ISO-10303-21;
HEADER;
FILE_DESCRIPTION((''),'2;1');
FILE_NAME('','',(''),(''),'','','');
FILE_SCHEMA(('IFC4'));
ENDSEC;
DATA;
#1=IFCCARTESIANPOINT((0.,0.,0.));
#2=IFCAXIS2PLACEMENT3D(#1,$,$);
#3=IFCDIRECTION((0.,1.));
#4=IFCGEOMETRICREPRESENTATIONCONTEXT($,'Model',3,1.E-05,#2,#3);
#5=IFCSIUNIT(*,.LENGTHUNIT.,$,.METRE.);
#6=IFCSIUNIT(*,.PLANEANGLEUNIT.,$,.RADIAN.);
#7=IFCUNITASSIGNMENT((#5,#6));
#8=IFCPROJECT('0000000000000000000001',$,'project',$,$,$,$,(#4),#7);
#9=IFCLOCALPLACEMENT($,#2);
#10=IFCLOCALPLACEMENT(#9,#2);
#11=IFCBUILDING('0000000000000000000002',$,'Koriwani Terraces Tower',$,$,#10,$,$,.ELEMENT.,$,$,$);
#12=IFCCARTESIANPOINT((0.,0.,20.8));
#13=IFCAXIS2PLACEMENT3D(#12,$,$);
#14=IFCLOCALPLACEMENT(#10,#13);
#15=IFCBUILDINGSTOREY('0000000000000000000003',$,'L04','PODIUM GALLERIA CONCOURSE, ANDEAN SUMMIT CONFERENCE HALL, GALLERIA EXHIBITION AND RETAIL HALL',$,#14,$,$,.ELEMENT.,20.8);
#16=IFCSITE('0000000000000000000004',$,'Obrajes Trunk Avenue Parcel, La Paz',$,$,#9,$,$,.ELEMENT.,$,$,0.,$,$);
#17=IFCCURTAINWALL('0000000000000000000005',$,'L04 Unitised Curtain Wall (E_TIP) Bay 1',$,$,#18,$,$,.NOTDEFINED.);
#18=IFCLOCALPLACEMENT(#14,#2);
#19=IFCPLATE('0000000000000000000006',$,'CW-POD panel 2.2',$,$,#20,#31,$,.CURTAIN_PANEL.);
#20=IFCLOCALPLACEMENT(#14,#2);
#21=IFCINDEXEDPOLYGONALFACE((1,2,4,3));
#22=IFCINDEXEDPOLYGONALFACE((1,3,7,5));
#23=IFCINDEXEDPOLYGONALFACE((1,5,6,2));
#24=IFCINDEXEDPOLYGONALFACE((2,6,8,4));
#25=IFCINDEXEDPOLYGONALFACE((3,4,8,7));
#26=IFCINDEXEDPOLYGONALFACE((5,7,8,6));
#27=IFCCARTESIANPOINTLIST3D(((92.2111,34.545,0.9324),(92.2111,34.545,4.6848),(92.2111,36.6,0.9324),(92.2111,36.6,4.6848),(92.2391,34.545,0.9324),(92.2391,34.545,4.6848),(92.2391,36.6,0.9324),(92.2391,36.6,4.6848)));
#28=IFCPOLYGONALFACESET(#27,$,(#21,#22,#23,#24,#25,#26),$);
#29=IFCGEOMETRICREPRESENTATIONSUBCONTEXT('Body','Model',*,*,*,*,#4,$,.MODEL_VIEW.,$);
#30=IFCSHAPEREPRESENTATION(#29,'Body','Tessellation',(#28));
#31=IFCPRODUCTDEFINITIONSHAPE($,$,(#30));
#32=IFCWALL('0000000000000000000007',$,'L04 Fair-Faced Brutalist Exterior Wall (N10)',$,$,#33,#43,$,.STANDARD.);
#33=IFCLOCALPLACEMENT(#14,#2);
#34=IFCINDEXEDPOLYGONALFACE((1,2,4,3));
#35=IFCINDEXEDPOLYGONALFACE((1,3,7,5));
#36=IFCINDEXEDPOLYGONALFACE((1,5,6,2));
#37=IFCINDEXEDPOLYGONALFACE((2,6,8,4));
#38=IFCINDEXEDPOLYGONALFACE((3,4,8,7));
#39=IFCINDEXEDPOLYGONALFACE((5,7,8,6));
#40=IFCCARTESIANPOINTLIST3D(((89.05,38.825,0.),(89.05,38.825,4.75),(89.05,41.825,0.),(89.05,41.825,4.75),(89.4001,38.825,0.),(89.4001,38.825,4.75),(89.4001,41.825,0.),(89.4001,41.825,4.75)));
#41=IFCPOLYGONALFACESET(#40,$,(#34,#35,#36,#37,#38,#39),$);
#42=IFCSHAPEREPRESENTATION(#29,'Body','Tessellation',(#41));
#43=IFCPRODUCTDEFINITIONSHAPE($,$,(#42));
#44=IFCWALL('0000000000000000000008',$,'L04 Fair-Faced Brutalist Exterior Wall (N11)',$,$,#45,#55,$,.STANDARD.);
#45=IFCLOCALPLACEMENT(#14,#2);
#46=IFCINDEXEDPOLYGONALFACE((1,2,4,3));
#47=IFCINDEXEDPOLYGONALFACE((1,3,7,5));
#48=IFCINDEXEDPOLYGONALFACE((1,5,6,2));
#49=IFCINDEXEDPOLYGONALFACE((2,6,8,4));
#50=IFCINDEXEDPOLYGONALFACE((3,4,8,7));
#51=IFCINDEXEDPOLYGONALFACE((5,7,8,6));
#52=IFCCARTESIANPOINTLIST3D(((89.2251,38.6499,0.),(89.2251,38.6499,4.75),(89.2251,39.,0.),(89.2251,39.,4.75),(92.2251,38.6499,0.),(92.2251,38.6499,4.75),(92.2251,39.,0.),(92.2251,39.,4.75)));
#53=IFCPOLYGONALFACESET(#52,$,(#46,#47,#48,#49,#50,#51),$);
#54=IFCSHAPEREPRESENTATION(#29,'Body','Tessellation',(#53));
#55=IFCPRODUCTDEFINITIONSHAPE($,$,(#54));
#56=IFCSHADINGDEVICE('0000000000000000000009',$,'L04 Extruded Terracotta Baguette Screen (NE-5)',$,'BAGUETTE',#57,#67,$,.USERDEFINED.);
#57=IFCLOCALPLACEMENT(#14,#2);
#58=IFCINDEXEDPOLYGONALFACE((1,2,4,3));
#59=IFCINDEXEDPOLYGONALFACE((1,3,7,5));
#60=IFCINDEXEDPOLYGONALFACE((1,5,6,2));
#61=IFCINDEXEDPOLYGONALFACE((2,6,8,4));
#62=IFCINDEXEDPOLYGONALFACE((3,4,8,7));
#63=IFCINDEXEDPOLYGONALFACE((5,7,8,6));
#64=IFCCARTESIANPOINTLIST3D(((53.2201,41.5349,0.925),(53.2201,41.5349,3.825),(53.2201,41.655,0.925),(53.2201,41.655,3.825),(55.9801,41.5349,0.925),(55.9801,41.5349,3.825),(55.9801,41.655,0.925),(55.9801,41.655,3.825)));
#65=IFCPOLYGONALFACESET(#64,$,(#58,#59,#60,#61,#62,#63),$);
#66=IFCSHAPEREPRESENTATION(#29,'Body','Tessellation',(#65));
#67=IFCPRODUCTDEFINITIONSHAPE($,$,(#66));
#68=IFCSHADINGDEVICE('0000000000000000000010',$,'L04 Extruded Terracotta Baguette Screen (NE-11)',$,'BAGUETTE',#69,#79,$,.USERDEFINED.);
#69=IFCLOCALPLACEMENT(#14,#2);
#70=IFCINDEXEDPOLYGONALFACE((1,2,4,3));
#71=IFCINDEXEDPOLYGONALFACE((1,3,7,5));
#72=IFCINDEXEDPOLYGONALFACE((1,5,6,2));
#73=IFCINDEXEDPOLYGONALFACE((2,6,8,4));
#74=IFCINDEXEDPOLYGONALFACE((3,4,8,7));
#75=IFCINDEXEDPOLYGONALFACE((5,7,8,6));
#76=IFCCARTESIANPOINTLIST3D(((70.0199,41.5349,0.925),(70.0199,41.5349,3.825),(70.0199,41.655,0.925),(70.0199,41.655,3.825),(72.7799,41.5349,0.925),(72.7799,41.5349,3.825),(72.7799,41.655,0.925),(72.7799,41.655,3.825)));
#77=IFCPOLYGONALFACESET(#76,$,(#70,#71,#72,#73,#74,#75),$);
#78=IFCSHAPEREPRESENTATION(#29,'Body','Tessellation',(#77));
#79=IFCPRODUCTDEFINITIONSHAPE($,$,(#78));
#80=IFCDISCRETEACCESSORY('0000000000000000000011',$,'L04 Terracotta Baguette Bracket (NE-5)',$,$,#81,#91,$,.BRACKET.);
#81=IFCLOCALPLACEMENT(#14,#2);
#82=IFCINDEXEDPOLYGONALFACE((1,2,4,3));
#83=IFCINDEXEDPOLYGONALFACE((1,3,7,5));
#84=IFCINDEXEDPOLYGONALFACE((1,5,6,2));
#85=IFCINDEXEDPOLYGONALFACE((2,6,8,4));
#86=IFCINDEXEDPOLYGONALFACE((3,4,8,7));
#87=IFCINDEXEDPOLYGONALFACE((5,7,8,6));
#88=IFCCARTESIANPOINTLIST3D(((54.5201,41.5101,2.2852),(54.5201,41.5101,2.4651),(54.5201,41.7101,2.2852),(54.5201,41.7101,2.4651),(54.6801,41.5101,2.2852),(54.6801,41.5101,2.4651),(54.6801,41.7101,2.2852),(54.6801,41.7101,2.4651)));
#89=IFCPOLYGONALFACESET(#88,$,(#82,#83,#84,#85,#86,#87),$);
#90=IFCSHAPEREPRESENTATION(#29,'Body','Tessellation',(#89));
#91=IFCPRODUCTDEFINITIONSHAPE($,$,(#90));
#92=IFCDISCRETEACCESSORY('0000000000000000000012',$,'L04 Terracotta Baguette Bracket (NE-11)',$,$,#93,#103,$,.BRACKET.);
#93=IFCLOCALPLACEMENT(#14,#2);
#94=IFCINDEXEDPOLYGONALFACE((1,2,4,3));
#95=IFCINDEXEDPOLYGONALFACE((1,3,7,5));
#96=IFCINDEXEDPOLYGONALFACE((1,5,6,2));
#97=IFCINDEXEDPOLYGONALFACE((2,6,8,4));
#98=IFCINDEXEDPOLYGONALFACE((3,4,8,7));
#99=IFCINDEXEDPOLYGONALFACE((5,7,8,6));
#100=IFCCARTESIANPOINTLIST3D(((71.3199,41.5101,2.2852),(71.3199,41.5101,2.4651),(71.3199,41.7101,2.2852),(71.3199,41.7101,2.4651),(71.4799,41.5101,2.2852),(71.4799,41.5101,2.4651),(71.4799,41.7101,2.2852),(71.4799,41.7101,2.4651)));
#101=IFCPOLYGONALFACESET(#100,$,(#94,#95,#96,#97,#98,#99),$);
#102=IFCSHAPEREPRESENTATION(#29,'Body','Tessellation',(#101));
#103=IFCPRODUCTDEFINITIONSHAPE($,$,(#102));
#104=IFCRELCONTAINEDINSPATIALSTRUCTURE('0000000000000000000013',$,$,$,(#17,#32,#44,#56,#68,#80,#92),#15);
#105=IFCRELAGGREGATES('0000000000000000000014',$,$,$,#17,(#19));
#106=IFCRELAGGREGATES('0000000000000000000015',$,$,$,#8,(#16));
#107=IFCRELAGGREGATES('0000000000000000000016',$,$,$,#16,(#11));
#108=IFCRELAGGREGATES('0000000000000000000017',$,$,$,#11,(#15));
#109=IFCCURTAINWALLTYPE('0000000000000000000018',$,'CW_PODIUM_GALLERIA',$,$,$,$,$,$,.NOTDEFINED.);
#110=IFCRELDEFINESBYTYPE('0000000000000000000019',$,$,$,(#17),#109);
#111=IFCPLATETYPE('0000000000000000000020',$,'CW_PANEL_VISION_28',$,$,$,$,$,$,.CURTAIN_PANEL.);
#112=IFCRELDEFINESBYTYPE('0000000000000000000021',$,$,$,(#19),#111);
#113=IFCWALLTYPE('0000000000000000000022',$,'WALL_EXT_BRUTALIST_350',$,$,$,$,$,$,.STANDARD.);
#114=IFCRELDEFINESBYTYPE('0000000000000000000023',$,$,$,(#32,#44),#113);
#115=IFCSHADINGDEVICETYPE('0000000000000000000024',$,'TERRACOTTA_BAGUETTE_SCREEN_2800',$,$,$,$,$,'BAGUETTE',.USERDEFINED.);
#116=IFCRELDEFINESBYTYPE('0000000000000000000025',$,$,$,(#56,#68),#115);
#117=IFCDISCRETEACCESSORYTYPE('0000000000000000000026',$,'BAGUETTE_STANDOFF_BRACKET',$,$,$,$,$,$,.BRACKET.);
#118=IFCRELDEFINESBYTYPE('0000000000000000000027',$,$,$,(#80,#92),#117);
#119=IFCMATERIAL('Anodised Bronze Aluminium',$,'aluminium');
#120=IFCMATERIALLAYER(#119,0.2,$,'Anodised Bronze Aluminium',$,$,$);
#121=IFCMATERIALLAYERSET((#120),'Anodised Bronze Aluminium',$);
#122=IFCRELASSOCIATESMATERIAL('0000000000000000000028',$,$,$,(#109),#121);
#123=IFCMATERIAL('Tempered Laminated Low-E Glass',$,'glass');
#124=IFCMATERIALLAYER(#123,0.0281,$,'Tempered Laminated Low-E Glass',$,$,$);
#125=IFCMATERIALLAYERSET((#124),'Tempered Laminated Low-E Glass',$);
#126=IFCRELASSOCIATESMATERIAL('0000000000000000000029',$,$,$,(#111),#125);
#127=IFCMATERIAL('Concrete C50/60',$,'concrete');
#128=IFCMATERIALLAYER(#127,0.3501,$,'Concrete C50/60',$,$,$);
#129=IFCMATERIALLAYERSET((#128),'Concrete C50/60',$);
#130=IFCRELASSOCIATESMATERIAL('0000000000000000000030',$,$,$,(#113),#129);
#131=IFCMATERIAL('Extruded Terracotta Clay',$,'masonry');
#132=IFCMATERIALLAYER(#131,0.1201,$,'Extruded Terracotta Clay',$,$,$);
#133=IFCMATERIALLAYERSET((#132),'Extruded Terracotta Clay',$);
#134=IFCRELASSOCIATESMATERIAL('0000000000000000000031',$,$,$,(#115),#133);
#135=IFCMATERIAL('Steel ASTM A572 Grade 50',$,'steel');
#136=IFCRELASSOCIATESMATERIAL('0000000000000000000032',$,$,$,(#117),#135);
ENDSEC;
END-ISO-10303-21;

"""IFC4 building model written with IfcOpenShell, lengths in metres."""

from ifc_helpers import new_model, si_unit, direction, frame, frame_2d, origin, origin_2d, place, context, subcontext, project, spatial, rectangle, extrude, material, layer, layer_set, type_object, element, aggregate, save


model = new_model("IFC4")

# Units and contexts
model_context = context("Model", 3, precision=1e-05, world=origin(), true_north=direction((0.0, 1.0)))
body_context = subcontext(model_context, "Body", "Model", "MODEL_VIEW")
ifc_project = project(units=[si_unit("LENGTHUNIT", "METRE"), si_unit("PLANEANGLEUNIT", "RADIAN")], contexts=[model_context])

# Site, building, storey
site_placement = place(None, origin())
site = spatial("IfcSite", under=ifc_project, at=site_placement, Name="Obrajes Trunk Avenue Parcel, La Paz", CompositionType="ELEMENT", RefElevation=0.0)
building_placement = place(site_placement, origin())
building = spatial("IfcBuilding", under=site, at=building_placement, Name="Koriwani Terraces Tower", CompositionType="ELEMENT")
storey_placement = place(building_placement, frame((0.0, 0.0, 20.8)))
storey = spatial("IfcBuildingStorey", under=building, at=storey_placement, Name="L04", Description="PODIUM GALLERIA CONCOURSE, ANDEAN SUMMIT CONFERENCE HALL, GALLERIA EXHIBITION AND RETAIL HALL", CompositionType="ELEMENT", Elevation=20.8)

# Curtain wall
ifc_material_1 = material(Name="Anodised Bronze Aluminium", Category="aluminium")
ifc_layer_1 = layer(ifc_material_1, 0.2, Name="Anodised Bronze Aluminium")
ifc_layer_set_1 = layer_set([ifc_layer_1], Name="Anodised Bronze Aluminium")
curtain_wall_type = type_object("IfcCurtainWallType", Name="CW_PODIUM_GALLERIA", PredefinedType="NOTDEFINED", material=ifc_layer_set_1)
curtain_wall_placement = place(storey_placement, origin())
curtain_wall = element("IfcCurtainWall", 1, at=curtain_wall_placement, inside=storey, type_object=curtain_wall_type, Name="L04 Unitised Curtain Wall (E_TIP) Bay 1", PredefinedType="NOTDEFINED")

# Shared definitions
ifc_material_2 = material(Name="Steel ASTM A572 Grade 50", Category="steel")

# Plate
ifc_material_3 = material(Name="Tempered Laminated Low-E Glass", Category="glass")
ifc_layer_2 = layer(ifc_material_3, 0.0281, Name="Tempered Laminated Low-E Glass")
ifc_layer_set_2 = layer_set([ifc_layer_2], Name="Tempered Laminated Low-E Glass")
plate_type = type_object("IfcPlateType", Name="CW_PANEL_VISION_28", PredefinedType="CURTAIN_PANEL", material=ifc_layer_set_2)
plate_1_placement = place(storey_placement, frame((92.2251, 35.5725, 0.9324), z_axis=(0.0, 0.0, 1.0), x_axis=(0.0, -1.0, 0.0)))
plate_1 = element("IfcPlate", 2, at=plate_1_placement, type_object=plate_type, Name="CW-POD panel 2.2", PredefinedType="CURTAIN_PANEL", context=body_context, shape_type="SweptSolid", body=[
    extrude(rectangle(XDim=2.0549, YDim=0.0281, at=origin_2d()), origin(), (0.0, 0.0, 1.0), 3.7524),
])
aggregate(curtain_wall, [plate_1])

# Walls
ifc_material_4 = material(Name="Concrete C50/60", Category="concrete")
ifc_layer_3 = layer(ifc_material_4, 0.3501, Name="Concrete C50/60")
ifc_layer_set_3 = layer_set([ifc_layer_3], Name="Concrete C50/60")
wall_type = type_object("IfcWallType", Name="WALL_EXT_BRUTALIST_350", PredefinedType="STANDARD", material=ifc_layer_set_3)
for number, where, z_axis, x_axis, name in (
    (3, (89.2251, 41.825, 0.0), (0.0, 0.0, 1.0), (0.0, -1.0, 0.0), "L04 Fair-Faced Brutalist Exterior Wall (N10)"),
    (4, (89.2251, 38.825, 0.0), (0.0, 0.0, 1.0), (1.0, 0.0, 0.0), "L04 Fair-Faced Brutalist Exterior Wall (N11)"),
):
    element("IfcWall", number, at=place(storey_placement, frame(where, z_axis=z_axis, x_axis=x_axis)), inside=storey, type_object=wall_type, Name=name, PredefinedType="STANDARD", context=body_context, shape_type="SweptSolid", body=[
        extrude(rectangle(XDim=3.0, YDim=0.3501, at=frame_2d((1.5, 0.0))), origin(), (0.0, 0.0, 1.0), 4.75),
    ])

# Shading devices
ifc_material_5 = material(Name="Extruded Terracotta Clay", Category="masonry")
ifc_layer_4 = layer(ifc_material_5, 0.1201, Name="Extruded Terracotta Clay")
ifc_layer_set_4 = layer_set([ifc_layer_4], Name="Extruded Terracotta Clay")
shading_device_type = type_object("IfcShadingDeviceType", Name="TERRACOTTA_BAGUETTE_SCREEN_2800", ElementType="BAGUETTE", PredefinedType="USERDEFINED", material=ifc_layer_set_4)
for number, where, z_axis, x_axis, name in (
    (5, (54.6001, 41.595, 0.925), (0.0, 0.0, 1.0), (1.0, 0.0, 0.0), "L04 Extruded Terracotta Baguette Screen (NE-5)"),
    (6, (71.3999, 41.595, 0.925), (0.0, 0.0, 1.0), (1.0, 0.0, 0.0), "L04 Extruded Terracotta Baguette Screen (NE-11)"),
):
    element("IfcShadingDevice", number, at=place(storey_placement, frame(where, z_axis=z_axis, x_axis=x_axis)), inside=storey, type_object=shading_device_type, Name=name, ObjectType="BAGUETTE", PredefinedType="USERDEFINED", context=body_context, shape_type="SweptSolid", body=[
        extrude(rectangle(XDim=2.76, YDim=0.1201, at=origin_2d()), origin(), (0.0, 0.0, 1.0), 2.8999),
    ])

# Discrete accessories
discrete_accessory_type = type_object("IfcDiscreteAccessoryType", Name="BAGUETTE_STANDOFF_BRACKET", PredefinedType="BRACKET", material=ifc_material_2)
for number, where, z_axis, x_axis, name in (
    (7, (54.6001, 41.6101, 2.2852), (0.0, 0.0, 1.0), (1.0, 0.0, 0.0), "L04 Terracotta Baguette Bracket (NE-5)"),
    (8, (71.3999, 41.6101, 2.2852), (0.0, 0.0, 1.0), (1.0, 0.0, 0.0), "L04 Terracotta Baguette Bracket (NE-11)"),
):
    element("IfcDiscreteAccessory", number, at=place(storey_placement, frame(where, z_axis=z_axis, x_axis=x_axis)), inside=storey, type_object=discrete_accessory_type, Name=name, PredefinedType="BRACKET", context=body_context, shape_type="SweptSolid", body=[
        extrude(rectangle(XDim=0.1599, YDim=0.2, at=origin_2d()), origin(), (0.0, 0.0, 1.0), 0.1799),
    ])

save(model, "model.ifc")
